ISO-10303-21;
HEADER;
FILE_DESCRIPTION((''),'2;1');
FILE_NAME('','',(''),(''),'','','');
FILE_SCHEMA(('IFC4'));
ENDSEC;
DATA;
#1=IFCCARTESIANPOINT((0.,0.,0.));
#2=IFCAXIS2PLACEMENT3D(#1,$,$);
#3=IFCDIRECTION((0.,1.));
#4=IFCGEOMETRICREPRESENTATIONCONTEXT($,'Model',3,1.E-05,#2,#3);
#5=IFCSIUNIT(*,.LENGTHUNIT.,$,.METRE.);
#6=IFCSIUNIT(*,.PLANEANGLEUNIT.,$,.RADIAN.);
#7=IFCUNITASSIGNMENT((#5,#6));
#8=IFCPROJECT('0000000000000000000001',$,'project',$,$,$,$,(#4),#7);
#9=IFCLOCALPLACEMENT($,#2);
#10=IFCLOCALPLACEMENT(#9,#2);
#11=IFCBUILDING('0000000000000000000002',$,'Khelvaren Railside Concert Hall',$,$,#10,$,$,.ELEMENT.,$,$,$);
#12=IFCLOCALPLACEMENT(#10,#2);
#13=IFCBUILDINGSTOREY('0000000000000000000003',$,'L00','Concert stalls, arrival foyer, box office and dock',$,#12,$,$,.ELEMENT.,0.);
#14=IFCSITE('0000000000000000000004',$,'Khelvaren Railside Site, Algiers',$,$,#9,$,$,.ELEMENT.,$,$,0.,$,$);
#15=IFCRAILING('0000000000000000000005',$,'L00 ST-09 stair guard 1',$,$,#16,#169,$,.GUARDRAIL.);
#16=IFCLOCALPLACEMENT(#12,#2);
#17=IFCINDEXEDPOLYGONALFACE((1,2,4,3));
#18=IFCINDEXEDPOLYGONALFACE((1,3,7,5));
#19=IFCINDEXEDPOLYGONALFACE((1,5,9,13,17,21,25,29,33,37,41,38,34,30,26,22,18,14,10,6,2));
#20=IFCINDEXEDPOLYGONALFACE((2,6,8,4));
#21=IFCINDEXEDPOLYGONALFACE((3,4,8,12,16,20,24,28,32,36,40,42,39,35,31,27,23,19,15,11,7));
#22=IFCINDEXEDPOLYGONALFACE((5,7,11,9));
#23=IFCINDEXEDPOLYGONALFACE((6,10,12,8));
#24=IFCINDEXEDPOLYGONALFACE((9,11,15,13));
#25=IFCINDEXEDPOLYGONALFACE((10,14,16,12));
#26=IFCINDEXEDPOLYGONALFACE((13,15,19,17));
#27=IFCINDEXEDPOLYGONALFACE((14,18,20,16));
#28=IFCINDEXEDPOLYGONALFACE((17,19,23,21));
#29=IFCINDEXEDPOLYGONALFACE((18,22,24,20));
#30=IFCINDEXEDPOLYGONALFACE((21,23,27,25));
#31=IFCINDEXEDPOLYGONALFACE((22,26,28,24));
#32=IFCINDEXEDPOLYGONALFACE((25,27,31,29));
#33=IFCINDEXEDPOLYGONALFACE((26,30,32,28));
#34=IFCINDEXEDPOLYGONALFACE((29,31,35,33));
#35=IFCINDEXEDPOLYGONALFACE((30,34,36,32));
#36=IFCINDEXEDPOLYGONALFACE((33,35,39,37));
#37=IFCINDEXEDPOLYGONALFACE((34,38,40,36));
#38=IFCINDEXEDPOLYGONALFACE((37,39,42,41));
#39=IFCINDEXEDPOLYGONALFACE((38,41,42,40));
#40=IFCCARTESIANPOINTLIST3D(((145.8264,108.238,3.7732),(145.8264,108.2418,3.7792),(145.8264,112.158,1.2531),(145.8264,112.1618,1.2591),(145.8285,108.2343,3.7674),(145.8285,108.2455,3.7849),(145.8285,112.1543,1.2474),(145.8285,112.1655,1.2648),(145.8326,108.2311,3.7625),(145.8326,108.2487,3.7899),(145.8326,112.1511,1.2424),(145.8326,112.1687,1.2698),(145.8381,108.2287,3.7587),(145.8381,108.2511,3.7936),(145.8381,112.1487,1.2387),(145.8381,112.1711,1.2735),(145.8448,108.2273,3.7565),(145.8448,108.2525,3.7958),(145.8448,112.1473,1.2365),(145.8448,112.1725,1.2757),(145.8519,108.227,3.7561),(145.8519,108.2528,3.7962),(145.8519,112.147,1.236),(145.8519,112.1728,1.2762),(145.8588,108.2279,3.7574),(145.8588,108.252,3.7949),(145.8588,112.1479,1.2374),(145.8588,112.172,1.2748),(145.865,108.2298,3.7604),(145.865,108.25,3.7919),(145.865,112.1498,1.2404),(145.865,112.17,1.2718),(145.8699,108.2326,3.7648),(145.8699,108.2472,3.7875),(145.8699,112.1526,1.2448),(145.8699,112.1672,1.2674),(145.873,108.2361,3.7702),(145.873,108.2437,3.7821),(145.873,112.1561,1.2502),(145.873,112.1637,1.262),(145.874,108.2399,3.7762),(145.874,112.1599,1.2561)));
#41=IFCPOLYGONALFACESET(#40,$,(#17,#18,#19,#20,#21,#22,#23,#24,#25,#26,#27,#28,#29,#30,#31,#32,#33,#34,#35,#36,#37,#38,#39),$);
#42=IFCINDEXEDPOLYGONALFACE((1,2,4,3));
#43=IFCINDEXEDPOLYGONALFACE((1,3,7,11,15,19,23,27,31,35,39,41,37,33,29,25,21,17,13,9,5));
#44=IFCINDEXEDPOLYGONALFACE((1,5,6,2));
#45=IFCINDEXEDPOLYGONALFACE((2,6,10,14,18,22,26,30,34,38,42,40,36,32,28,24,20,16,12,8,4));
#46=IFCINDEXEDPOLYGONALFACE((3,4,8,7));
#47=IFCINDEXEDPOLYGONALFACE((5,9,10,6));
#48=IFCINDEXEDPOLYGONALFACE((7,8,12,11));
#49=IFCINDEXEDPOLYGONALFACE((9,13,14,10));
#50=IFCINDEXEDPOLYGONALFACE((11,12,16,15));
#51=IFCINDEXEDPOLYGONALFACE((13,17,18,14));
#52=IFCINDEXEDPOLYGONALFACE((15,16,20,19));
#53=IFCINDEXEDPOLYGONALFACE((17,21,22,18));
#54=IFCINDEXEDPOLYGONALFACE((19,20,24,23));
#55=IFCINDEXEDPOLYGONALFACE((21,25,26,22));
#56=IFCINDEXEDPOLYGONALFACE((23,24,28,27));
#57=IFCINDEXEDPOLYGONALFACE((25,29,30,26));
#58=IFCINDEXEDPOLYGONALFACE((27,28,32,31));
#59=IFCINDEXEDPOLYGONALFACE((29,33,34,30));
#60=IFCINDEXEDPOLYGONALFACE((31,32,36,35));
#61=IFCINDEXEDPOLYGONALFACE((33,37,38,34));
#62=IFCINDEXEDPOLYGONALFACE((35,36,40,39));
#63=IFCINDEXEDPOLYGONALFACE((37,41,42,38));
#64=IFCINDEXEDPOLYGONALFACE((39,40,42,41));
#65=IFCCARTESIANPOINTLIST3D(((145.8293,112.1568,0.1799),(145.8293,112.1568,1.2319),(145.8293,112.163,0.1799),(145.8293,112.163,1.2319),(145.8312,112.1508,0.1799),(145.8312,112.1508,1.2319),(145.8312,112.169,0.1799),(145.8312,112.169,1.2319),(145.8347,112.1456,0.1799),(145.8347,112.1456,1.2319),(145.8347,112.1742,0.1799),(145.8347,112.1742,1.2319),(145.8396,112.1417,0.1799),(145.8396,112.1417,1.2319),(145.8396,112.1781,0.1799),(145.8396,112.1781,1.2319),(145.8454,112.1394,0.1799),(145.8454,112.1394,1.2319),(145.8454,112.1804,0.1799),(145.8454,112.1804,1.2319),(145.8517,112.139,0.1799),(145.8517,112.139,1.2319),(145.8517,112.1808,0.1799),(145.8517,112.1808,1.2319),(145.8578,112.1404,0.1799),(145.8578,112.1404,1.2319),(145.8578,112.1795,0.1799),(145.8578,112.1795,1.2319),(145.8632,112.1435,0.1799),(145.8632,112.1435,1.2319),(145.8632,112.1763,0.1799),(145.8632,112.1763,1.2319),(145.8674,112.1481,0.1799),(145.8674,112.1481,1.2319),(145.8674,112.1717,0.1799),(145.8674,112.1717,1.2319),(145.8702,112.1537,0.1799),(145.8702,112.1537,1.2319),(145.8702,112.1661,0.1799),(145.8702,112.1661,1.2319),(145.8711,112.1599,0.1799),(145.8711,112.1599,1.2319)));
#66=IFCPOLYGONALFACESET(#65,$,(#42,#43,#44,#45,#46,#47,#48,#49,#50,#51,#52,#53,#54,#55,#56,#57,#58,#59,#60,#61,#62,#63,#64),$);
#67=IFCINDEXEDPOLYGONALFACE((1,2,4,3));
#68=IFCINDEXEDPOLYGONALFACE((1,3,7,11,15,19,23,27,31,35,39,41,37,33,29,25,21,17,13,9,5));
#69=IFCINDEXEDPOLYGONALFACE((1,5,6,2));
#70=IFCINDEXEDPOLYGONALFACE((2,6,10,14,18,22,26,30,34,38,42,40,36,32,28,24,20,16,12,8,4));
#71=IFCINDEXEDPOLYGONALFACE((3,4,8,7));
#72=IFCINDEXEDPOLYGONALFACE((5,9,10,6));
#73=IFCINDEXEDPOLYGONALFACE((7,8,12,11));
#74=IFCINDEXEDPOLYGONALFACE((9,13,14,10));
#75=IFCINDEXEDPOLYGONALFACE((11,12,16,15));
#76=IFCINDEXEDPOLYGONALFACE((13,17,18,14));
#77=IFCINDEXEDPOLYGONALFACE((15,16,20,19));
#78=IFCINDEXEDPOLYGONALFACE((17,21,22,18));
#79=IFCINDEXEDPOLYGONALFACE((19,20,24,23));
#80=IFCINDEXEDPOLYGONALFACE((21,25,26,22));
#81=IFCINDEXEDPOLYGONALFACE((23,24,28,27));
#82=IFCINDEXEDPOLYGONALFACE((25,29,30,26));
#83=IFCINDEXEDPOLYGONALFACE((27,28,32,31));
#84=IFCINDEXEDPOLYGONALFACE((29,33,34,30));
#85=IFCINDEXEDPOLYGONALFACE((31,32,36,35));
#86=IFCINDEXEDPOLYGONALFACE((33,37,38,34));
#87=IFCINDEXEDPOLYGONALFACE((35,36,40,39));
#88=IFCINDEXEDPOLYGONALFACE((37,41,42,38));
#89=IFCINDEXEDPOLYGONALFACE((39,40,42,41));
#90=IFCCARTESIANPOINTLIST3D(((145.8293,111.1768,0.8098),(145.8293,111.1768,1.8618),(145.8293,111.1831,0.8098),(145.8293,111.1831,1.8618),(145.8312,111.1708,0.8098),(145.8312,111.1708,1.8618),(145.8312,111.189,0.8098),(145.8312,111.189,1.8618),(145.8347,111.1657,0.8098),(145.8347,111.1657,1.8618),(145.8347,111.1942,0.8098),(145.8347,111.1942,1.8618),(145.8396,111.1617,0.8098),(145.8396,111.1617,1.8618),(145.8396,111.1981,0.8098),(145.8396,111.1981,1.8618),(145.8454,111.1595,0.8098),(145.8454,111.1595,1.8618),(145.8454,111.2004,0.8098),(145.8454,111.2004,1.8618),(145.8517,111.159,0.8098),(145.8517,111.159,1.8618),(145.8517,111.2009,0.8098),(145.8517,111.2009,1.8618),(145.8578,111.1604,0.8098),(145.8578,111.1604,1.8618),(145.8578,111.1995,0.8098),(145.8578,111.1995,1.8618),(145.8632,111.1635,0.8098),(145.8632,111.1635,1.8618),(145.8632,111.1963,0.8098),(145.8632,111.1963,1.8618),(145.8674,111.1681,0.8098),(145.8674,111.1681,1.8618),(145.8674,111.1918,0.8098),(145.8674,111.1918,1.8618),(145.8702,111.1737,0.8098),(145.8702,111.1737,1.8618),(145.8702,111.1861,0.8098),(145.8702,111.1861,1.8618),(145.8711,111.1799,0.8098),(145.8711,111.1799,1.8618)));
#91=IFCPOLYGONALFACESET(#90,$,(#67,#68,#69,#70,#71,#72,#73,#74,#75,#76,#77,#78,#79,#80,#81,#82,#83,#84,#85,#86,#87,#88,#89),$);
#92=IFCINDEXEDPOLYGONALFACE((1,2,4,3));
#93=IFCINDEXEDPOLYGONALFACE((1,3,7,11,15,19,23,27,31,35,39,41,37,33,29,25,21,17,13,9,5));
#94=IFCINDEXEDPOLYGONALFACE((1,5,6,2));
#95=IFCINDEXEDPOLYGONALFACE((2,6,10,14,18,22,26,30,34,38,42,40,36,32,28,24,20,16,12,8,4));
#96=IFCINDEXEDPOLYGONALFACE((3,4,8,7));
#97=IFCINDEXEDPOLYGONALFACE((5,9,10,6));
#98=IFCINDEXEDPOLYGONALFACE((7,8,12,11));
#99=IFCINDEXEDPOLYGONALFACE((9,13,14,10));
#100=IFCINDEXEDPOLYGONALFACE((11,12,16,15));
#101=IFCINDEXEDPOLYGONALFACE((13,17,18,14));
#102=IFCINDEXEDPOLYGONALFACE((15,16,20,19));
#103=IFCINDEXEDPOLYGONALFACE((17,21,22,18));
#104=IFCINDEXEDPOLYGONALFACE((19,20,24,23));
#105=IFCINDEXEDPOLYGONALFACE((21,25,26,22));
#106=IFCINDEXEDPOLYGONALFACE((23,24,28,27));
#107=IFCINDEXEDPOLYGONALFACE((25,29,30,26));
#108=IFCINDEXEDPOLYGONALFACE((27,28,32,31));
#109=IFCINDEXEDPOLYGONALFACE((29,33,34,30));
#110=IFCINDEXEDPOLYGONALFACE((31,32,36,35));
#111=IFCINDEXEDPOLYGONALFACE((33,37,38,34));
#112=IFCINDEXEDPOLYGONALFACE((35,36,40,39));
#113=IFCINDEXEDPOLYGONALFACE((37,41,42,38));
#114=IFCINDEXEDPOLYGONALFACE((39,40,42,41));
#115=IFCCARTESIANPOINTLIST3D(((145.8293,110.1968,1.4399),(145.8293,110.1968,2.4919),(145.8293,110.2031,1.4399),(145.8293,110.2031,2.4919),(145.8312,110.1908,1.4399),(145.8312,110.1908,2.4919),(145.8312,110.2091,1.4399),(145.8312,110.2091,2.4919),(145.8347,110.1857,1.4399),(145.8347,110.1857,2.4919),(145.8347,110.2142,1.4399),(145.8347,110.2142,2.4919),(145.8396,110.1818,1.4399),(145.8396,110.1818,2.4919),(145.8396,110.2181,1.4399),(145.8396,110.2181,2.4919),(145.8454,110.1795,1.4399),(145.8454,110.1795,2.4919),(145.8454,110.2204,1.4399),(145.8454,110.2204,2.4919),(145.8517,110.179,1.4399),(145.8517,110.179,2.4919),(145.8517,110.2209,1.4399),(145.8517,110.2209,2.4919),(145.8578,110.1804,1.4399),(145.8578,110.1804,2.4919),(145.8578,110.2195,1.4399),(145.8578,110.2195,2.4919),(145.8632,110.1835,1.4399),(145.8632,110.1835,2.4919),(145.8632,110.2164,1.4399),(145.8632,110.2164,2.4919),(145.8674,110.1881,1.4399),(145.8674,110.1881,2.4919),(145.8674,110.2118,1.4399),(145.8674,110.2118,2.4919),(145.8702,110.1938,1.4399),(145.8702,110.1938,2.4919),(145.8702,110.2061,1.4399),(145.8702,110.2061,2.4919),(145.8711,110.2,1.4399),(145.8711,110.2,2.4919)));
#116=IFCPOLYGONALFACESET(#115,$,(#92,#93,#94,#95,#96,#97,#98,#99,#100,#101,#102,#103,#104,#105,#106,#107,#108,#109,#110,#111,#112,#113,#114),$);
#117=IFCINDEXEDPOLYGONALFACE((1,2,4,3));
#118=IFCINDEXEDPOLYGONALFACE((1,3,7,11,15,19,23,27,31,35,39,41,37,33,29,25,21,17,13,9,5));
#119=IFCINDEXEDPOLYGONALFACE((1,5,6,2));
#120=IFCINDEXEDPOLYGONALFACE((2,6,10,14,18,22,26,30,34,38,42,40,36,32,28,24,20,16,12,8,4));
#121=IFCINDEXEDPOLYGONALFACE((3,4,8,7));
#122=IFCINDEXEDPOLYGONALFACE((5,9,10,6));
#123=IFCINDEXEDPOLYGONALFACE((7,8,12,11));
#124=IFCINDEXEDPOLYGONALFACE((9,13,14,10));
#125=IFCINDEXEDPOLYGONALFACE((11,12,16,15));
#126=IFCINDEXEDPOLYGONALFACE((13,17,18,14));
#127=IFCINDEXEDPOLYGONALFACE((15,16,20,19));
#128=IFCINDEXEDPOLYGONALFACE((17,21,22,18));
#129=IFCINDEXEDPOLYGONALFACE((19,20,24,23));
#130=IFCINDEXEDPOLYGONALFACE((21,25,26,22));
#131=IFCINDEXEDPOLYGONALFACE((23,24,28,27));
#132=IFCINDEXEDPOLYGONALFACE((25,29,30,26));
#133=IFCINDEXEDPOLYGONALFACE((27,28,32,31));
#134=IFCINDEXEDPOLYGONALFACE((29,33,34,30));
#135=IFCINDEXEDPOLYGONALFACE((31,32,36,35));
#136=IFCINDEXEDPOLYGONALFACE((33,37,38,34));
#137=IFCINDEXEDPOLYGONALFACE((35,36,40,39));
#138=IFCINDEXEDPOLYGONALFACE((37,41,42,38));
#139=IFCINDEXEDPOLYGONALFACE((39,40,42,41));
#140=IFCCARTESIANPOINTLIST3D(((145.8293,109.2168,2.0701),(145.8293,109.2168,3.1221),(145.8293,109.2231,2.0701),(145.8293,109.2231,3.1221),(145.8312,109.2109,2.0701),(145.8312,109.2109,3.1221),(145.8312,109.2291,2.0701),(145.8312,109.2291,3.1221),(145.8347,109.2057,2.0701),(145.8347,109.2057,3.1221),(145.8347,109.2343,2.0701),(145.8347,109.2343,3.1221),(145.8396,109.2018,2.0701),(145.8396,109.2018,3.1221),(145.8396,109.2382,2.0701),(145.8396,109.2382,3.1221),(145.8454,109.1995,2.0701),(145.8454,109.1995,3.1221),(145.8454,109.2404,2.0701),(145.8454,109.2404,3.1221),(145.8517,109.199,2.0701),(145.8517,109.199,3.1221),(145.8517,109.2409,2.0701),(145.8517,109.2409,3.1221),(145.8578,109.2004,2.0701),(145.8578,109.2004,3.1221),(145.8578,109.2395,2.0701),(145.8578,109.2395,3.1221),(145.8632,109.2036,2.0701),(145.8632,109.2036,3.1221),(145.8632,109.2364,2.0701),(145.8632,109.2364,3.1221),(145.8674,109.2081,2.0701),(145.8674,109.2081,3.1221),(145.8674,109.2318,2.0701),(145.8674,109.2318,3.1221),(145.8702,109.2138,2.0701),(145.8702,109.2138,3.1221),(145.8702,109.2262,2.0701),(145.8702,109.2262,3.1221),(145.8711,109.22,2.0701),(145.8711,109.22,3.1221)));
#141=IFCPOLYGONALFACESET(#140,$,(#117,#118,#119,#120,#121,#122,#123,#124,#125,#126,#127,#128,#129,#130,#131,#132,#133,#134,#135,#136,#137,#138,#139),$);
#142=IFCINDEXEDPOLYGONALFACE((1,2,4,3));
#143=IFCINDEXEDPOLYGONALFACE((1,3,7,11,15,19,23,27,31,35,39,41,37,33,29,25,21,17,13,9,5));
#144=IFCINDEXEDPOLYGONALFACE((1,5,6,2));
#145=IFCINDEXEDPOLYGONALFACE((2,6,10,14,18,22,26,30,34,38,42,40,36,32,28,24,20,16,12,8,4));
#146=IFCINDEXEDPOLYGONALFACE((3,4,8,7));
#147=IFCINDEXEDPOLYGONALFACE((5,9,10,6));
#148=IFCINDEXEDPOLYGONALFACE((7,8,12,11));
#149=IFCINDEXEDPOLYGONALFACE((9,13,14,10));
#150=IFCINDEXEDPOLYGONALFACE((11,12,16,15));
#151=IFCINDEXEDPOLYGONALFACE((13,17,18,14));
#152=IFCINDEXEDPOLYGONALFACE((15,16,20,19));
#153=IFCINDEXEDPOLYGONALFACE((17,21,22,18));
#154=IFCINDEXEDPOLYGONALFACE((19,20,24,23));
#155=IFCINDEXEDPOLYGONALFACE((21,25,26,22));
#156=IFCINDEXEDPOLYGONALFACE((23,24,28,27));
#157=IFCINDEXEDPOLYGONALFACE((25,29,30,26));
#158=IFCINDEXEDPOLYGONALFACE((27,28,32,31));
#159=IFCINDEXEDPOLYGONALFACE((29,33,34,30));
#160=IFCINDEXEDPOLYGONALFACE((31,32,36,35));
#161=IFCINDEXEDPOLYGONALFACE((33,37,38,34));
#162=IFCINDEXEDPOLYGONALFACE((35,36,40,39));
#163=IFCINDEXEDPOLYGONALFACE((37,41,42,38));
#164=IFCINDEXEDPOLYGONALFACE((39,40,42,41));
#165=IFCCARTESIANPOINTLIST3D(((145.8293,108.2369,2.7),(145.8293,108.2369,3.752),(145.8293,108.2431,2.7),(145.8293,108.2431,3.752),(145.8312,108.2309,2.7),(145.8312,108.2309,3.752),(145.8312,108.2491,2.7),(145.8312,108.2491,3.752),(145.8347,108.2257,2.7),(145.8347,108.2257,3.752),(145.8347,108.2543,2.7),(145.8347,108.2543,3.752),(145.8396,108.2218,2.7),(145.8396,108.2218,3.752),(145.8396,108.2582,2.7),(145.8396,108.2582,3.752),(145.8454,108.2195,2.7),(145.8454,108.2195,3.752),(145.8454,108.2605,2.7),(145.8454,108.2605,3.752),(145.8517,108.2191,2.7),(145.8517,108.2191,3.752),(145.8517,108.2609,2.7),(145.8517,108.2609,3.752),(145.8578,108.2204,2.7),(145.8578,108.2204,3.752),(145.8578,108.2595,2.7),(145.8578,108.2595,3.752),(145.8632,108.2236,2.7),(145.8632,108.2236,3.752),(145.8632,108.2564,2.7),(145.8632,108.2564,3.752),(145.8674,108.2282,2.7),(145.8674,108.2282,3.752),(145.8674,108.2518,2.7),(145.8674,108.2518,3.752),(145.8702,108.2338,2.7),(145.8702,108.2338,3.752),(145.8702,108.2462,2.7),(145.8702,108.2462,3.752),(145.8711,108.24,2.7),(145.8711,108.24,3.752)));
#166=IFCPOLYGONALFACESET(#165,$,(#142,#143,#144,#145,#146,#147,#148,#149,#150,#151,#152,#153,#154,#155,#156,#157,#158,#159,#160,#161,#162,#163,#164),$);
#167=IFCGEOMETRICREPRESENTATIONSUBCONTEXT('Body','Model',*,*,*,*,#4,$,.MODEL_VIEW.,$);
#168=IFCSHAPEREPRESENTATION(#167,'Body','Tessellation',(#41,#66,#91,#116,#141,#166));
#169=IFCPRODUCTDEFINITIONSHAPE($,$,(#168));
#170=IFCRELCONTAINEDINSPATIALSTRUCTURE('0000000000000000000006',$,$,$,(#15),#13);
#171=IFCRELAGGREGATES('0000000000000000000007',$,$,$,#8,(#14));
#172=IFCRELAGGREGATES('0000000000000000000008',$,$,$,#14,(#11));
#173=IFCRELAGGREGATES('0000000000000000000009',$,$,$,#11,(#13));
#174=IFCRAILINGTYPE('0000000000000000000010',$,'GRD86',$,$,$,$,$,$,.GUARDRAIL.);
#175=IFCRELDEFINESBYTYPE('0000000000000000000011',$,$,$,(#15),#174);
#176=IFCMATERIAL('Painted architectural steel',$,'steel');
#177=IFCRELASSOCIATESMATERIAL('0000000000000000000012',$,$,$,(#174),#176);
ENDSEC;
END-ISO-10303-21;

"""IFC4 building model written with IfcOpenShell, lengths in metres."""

from ifc_helpers import new_model, si_unit, direction, frame, origin, origin_2d, place, context, subcontext, project, spatial, circle, extrude, material, type_object, element, save


model = new_model("IFC4")

# Units and contexts
model_context = context("Model", 3, precision=1e-05, world=origin(), true_north=direction((0.0, 1.0)))
body_context = subcontext(model_context, "Body", "Model", "MODEL_VIEW")
ifc_project = project(units=[si_unit("LENGTHUNIT", "METRE"), si_unit("PLANEANGLEUNIT", "RADIAN")], contexts=[model_context])

# Site, building, storey
site_placement = place(None, origin())
site = spatial("IfcSite", under=ifc_project, at=site_placement, Name="Khelvaren Railside Site, Algiers", CompositionType="ELEMENT", RefElevation=0.0)
building_placement = place(site_placement, origin())
building = spatial("IfcBuilding", under=site, at=building_placement, Name="Khelvaren Railside Concert Hall", CompositionType="ELEMENT")
storey_placement = place(building_placement, origin())
storey = spatial("IfcBuildingStorey", under=building, at=storey_placement, Name="L00", Description="Concert stalls, arrival foyer, box office and dock", CompositionType="ELEMENT", Elevation=0.0)

# Railing
ifc_material_1 = material(Name="Painted architectural steel", Category="steel")
railing_type_1 = type_object("IfcRailingType", Name="GRD86", PredefinedType="GUARDRAIL", material=ifc_material_1)
railing_1_placement = place(storey_placement, frame((145.8501, 112.1599, 0.1799)))
element("IfcRailing", 1, at=railing_1_placement, inside=storey, type_object=railing_type_1, Name="L00 ST-09 stair guard 1", PredefinedType="GUARDRAIL", context=body_context, shape_type="SweptSolid", body=[
    extrude(circle(Radius=0.0239, at=origin_2d()), frame((0.0, 0.0, 1.0762), z_axis=(0.0, -0.841172, 0.540768), x_axis=(1.0, 0.0, 0.0)), (0.0, 0.0, 1.0), 4.6602),
    extrude(circle(Radius=0.021, at=origin_2d()), origin(), (0.0, 0.0, 1.0), 1.052),
    extrude(circle(Radius=0.021, at=origin_2d()), frame((0.0, -0.98, 0.6299)), (0.0, 0.0, 1.0), 1.052),
    extrude(circle(Radius=0.021, at=origin_2d()), frame((0.0, -1.96, 1.26)), (0.0, 0.0, 1.0), 1.052),
    extrude(circle(Radius=0.021, at=origin_2d()), frame((0.0, -2.9399, 1.8901)), (0.0, 0.0, 1.0), 1.052),
    extrude(circle(Radius=0.021, at=origin_2d()), frame((0.0, -3.9199, 2.52)), (0.0, 0.0, 1.0), 1.052),
])

save(model, "model.ifc")
